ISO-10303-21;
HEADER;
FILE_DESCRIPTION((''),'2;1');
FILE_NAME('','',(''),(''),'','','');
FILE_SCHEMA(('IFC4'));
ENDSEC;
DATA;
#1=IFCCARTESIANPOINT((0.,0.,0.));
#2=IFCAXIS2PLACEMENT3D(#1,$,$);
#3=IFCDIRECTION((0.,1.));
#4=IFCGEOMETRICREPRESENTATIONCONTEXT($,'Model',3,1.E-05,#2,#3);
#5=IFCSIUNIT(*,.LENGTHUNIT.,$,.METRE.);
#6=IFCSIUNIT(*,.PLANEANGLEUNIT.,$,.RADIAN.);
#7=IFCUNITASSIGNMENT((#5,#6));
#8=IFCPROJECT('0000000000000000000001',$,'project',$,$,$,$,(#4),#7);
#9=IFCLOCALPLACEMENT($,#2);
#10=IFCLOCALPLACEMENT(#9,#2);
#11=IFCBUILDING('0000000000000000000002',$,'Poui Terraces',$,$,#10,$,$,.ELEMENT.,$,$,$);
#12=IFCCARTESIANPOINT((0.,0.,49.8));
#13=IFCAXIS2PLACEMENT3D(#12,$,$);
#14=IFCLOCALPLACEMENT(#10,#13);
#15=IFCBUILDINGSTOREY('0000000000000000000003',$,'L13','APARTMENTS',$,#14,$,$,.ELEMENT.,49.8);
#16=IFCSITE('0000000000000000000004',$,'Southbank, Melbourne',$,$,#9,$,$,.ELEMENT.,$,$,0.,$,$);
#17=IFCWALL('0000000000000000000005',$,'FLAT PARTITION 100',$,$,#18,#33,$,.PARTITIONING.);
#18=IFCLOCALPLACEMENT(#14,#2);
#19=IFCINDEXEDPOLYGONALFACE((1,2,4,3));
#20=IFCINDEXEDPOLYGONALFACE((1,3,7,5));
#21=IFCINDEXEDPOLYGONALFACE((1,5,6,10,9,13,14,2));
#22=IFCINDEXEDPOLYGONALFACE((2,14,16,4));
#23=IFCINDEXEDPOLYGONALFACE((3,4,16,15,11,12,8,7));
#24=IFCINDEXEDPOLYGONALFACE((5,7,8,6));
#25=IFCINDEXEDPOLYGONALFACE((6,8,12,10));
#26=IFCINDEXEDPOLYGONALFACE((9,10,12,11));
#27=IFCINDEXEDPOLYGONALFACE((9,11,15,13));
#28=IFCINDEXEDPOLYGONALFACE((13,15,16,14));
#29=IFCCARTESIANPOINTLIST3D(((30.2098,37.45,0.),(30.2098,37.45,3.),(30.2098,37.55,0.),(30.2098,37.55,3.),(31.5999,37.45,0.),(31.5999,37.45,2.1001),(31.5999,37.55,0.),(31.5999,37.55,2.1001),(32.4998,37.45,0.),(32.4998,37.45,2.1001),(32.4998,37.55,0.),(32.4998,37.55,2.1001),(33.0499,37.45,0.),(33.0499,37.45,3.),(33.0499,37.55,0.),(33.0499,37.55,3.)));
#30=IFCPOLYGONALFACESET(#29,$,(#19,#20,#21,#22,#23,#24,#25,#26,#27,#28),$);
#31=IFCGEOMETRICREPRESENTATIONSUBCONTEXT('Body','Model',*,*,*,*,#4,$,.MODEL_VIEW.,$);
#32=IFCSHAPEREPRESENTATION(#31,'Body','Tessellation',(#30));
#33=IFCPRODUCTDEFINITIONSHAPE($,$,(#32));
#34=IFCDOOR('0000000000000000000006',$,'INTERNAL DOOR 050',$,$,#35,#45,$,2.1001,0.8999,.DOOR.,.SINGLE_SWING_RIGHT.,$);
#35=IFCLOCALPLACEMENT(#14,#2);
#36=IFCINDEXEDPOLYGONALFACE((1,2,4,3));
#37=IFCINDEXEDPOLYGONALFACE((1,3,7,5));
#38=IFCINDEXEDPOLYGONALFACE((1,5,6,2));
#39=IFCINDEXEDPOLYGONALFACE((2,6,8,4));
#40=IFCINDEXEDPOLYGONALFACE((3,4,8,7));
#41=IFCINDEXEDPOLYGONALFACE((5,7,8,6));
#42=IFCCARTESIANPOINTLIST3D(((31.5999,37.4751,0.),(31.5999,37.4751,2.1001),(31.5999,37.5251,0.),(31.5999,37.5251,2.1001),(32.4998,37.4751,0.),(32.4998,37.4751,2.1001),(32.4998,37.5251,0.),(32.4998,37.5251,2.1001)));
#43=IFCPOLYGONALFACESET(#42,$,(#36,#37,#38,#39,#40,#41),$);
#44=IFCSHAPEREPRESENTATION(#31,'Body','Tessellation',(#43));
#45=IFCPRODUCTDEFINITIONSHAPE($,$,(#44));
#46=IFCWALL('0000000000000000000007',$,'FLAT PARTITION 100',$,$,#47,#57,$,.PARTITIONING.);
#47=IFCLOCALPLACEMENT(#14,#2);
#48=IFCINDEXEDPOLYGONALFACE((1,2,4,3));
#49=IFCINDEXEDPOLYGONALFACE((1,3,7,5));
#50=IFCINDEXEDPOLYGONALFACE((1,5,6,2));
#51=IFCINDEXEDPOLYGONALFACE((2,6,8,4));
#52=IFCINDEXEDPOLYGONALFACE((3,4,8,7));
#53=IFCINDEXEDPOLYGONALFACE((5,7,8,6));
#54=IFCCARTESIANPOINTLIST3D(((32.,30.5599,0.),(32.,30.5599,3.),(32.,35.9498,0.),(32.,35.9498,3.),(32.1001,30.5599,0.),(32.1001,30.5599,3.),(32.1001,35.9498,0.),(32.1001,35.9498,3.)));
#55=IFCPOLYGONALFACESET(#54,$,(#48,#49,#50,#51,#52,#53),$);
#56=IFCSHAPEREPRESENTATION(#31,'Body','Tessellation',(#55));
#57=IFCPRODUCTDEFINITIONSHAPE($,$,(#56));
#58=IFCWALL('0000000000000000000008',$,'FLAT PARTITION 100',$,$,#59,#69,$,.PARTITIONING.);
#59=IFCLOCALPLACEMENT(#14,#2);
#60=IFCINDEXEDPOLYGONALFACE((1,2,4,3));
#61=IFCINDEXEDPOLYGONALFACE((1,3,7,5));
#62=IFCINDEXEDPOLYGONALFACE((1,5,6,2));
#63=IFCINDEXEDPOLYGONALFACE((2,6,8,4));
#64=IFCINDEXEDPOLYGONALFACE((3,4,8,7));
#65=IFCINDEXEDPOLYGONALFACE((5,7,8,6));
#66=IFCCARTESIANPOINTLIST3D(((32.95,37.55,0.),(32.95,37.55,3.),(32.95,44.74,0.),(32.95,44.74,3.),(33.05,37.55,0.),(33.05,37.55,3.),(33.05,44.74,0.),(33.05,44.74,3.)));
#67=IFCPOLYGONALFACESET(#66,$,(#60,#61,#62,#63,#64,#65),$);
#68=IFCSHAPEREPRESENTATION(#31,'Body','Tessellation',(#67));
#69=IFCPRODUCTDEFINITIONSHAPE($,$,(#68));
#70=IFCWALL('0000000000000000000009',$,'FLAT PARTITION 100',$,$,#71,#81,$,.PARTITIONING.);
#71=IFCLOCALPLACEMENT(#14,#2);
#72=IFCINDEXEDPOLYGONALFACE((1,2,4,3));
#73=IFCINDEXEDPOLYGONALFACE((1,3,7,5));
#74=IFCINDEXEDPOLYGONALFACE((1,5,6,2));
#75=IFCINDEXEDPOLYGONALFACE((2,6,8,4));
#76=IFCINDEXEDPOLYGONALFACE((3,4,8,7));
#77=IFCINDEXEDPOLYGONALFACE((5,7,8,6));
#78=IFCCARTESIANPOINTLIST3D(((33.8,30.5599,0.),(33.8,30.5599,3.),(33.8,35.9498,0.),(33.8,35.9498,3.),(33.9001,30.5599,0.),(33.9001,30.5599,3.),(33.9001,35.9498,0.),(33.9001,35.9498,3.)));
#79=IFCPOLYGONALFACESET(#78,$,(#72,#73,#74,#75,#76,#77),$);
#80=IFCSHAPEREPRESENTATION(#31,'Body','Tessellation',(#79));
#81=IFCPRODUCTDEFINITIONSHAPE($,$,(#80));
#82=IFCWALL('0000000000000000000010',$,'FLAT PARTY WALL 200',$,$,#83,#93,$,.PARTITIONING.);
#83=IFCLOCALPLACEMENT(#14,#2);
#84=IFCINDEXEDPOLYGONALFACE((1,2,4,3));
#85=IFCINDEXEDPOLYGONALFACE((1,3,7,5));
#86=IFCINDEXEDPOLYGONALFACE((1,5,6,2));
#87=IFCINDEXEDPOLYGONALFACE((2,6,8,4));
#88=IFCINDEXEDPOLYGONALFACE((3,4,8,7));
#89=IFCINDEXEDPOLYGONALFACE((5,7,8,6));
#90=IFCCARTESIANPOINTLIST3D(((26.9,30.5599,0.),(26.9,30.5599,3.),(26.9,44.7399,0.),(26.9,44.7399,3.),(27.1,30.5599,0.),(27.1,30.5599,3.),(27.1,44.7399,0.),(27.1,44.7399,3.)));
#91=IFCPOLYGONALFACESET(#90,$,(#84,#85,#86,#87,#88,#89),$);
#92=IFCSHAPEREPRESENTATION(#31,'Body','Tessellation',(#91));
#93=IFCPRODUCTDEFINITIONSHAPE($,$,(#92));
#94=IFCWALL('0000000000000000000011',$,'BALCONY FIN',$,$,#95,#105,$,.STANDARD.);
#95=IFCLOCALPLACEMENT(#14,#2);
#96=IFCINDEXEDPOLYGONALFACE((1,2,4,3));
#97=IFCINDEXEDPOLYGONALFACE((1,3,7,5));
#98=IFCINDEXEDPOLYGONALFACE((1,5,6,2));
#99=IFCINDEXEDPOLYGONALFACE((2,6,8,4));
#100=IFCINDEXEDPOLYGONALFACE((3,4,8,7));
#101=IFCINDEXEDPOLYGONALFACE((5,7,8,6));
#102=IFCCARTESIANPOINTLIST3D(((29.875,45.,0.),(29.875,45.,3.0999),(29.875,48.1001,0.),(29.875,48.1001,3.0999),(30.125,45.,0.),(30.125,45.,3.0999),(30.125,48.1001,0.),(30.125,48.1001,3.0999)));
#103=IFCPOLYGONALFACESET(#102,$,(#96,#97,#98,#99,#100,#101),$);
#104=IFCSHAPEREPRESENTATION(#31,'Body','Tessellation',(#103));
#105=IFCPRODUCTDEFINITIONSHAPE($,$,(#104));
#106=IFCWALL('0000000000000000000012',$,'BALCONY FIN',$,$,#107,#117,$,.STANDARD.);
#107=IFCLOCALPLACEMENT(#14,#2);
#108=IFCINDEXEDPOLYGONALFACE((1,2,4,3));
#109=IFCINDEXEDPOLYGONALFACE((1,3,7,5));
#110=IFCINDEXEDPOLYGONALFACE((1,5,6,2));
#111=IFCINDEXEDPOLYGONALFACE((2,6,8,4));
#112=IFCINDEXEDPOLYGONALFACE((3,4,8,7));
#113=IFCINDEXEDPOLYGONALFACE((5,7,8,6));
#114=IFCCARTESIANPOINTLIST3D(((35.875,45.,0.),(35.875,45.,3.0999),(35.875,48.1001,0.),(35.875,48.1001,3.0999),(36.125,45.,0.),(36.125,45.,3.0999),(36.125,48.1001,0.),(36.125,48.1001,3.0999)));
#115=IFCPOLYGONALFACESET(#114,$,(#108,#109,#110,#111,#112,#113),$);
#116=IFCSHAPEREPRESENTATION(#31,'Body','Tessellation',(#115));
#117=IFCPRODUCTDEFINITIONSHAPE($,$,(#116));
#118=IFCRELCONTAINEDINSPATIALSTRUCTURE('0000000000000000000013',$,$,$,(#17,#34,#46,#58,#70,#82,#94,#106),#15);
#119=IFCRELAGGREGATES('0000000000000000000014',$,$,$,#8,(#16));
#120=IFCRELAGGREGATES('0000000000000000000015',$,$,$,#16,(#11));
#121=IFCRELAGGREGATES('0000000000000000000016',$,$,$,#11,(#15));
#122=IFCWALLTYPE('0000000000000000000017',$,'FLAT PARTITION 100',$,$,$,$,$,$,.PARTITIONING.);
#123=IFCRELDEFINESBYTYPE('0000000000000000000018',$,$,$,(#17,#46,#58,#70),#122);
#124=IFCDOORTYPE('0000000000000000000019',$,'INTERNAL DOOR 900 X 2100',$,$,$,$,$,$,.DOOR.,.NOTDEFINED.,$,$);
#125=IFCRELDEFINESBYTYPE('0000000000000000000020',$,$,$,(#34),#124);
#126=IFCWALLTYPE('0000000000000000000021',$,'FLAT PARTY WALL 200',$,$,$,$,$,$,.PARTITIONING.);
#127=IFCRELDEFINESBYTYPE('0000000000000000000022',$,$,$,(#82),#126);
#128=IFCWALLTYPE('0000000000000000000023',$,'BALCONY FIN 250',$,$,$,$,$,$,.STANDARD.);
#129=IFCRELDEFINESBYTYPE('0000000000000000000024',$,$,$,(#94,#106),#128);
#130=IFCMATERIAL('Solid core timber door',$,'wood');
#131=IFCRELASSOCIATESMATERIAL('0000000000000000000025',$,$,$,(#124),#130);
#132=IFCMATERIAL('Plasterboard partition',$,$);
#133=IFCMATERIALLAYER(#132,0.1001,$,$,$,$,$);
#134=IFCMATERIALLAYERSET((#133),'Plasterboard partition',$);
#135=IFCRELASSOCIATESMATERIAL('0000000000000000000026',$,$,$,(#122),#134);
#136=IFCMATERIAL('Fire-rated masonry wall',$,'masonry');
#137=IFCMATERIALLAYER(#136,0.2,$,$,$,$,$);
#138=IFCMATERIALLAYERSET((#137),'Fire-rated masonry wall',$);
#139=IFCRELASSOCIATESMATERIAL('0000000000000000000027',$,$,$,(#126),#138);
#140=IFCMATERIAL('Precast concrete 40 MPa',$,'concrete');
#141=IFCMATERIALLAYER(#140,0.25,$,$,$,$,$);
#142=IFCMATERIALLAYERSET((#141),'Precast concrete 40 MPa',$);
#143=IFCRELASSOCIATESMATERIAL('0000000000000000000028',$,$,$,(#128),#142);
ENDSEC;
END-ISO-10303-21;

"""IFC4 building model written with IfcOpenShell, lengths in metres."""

from ifc_helpers import new_model, si_unit, direction, frame, frame_2d, origin, place, context, subcontext, project, spatial, polyline, rectangle, outline, extrude, source, transform, mapped, material, layer, layer_set, type_object, element, fill, save


model = new_model("IFC4")

# Units and contexts
model_context = context("Model", 3, precision=1e-05, world=origin(), true_north=direction((0.0, 1.0)))
body_context = subcontext(model_context, "Body", "Model", "MODEL_VIEW")
ifc_project = project(units=[si_unit("LENGTHUNIT", "METRE"), si_unit("PLANEANGLEUNIT", "RADIAN")], contexts=[model_context])

# Site, building, storey
site_placement = place(None, origin())
site = spatial("IfcSite", under=ifc_project, at=site_placement, Name="Southbank, Melbourne", CompositionType="ELEMENT", RefElevation=0.0)
building_placement = place(site_placement, origin())
building = spatial("IfcBuilding", under=site, at=building_placement, Name="Poui Terraces", CompositionType="ELEMENT")
storey_placement = place(building_placement, frame((0.0, 0.0, 49.8)))
storey = spatial("IfcBuildingStorey", under=building, at=storey_placement, Name="L13", Description="APARTMENTS", CompositionType="ELEMENT", Elevation=49.8)

# Wall, opening, door
ifc_material_1 = material(Name="Solid core timber door", Category="wood")
door_type_1 = type_object("IfcDoorType", Name="INTERNAL DOOR 900 X 2100", OperationType="NOTDEFINED", PredefinedType="DOOR", material=ifc_material_1)
ifc_material_2 = material(Name="Plasterboard partition")
ifc_layer_1 = layer(ifc_material_2, 0.1001)
ifc_layer_set_1 = layer_set([ifc_layer_1], Name="Plasterboard partition")
wall_type_1 = type_object("IfcWallType", Name="FLAT PARTITION 100", PredefinedType="PARTITIONING", material=ifc_layer_set_1)
wall_1_placement = place(storey_placement, frame((30.21, 37.5, 0.0), z_axis=(0.0, 0.0, 1.0), x_axis=(1.0, 0.0, 0.0)))
wall_1 = element("IfcWall", 1, at=wall_1_placement, inside=storey, type_object=wall_type_1, Name="FLAT PARTITION 100", PredefinedType="PARTITIONING", context=body_context, shape_type="SweptSolid", body=[
    extrude(rectangle(XDim=2.8401, YDim=0.1001, at=frame_2d((1.4199, 0.0))), origin(), (0.0, 0.0, 1.0), 3.0),
])
opening_1_placement = place(wall_1_placement, frame((1.3899, 0.0, 0.0)))
opening_1 = element("IfcOpeningElement", 2, at=opening_1_placement, cuts=wall_1, PredefinedType="OPENING", context=body_context, shape_type="SweptSolid", body=[
    extrude(rectangle(XDim=0.8999, YDim=2.1001, at=frame_2d((0.45, 1.05))), frame((0.0, 0.0601, 0.0), z_axis=(0.0, -1.0, 0.0), x_axis=(1.0, 0.0, 0.0)), (0.0, 0.0, 1.0), 0.1201),
])
door_1_placement = place(opening_1_placement, frame((0.8999, 0.0, 0.0), z_axis=(0.0, 0.0, 1.0), x_axis=(-1.0, 0.0, 0.0)))
door_1 = element("IfcDoor", 3, at=door_1_placement, inside=storey, type_object=door_type_1, Name="INTERNAL DOOR 050", OperationType="SINGLE_SWING_RIGHT", OverallHeight=2.1001, OverallWidth=0.8999, PredefinedType="DOOR", context=body_context, shape_type="SweptSolid", body=[
    extrude(rectangle(XDim=0.8999, YDim=2.1001, at=frame_2d((0.45, 1.05))), frame((0.0, 0.0249, 0.0), z_axis=(0.0, -1.0, 0.0), x_axis=(1.0, 0.0, 0.0)), (0.0, 0.0, 1.0), 0.05),
])
fill(opening_1, door_1)

# Walls
wall_2_placement = place(storey_placement, frame((32.05, 30.5601, 0.0), z_axis=(0.0, 0.0, 1.0), x_axis=(0.0, 1.0, 0.0)))
element("IfcWall", 4, at=wall_2_placement, inside=storey, type_object=wall_type_1, Name="FLAT PARTITION 100", PredefinedType="PARTITIONING", context=body_context, shape_type="SweptSolid", body=[
    extrude(rectangle(XDim=5.3899, YDim=0.1001, at=frame_2d((2.6948, 0.0))), origin(), (0.0, 0.0, 1.0), 3.0),
])
wall_3_placement = place(storey_placement, frame((33.0, 37.55, 0.0), z_axis=(0.0, 0.0, 1.0), x_axis=(0.0, 1.0, 0.0)))
element("IfcWall", 5, at=wall_3_placement, inside=storey, type_object=wall_type_1, Name="FLAT PARTITION 100", PredefinedType="PARTITIONING", context=body_context, shape_type="SweptSolid", body=[
    extrude(rectangle(XDim=7.1899, YDim=0.1001, at=frame_2d((3.595, 0.0))), origin(), (0.0, 0.0, 1.0), 3.0),
])
wall_4_placement = place(storey_placement, frame((33.8501, 30.5601, 0.0), z_axis=(0.0, 0.0, 1.0), x_axis=(0.0, 1.0, 0.0)))
element("IfcWall", 6, at=wall_4_placement, inside=storey, type_object=wall_type_1, Name="FLAT PARTITION 100", PredefinedType="PARTITIONING", context=body_context, shape_type="SweptSolid", body=[
    extrude(rectangle(XDim=5.3899, YDim=0.1001, at=frame_2d((2.6948, 0.0))), origin(), (0.0, 0.0, 1.0), 3.0),
])
ifc_material_3 = material(Name="Fire-rated masonry wall", Category="masonry")
ifc_layer_2 = layer(ifc_material_3, 0.2)
ifc_layer_set_2 = layer_set([ifc_layer_2], Name="Fire-rated masonry wall")
wall_type_2 = type_object("IfcWallType", Name="FLAT PARTY WALL 200", PredefinedType="PARTITIONING", material=ifc_layer_set_2)
wall_5_placement = place(storey_placement, frame((27.0, 30.5601, 0.0), z_axis=(0.0, 0.0, 1.0), x_axis=(0.0, 1.0, 0.0)))
element("IfcWall", 7, at=wall_5_placement, inside=storey, type_object=wall_type_2, Name="FLAT PARTY WALL 200", PredefinedType="PARTITIONING", context=body_context, shape_type="SweptSolid", body=[
    extrude(rectangle(XDim=14.1799, YDim=0.2, at=frame_2d((7.0898, 0.0))), origin(), (0.0, 0.0, 1.0), 3.0),
])
ifc_material_4 = material(Name="Precast concrete 40 MPa", Category="concrete")
ifc_layer_3 = layer(ifc_material_4, 0.25)
ifc_layer_set_3 = layer_set([ifc_layer_3], Name="Precast concrete 40 MPa")
wall_type_3 = type_object("IfcWallType", Name="BALCONY FIN 250", PredefinedType="STANDARD", material=ifc_layer_set_3)
shared_shape_1 = source(origin(), body_context, "Body", "SweptSolid", [
    extrude(outline(polyline([(0.0, 0.0), (0.25, 0.0), (0.25, 3.1001), (0.0, 3.1001), (0.0, 0.0)])), origin(), (0.0, 0.0, 1.0), 3.0999),
])
for number, where, name in (
    (8, (29.875, 45.0, 0.0), "BALCONY FIN"),
    (9, (35.875, 45.0, 0.0), "BALCONY FIN"),
):
    element("IfcWall", number, at=place(storey_placement, frame(where)), inside=storey, type_object=wall_type_3, Name=name, PredefinedType="STANDARD", context=body_context, shape_type="MappedRepresentation", body=[
        mapped(shared_shape_1, transform((0.0, 0.0, 0.0))),
    ])

save(model, "model.ifc")
